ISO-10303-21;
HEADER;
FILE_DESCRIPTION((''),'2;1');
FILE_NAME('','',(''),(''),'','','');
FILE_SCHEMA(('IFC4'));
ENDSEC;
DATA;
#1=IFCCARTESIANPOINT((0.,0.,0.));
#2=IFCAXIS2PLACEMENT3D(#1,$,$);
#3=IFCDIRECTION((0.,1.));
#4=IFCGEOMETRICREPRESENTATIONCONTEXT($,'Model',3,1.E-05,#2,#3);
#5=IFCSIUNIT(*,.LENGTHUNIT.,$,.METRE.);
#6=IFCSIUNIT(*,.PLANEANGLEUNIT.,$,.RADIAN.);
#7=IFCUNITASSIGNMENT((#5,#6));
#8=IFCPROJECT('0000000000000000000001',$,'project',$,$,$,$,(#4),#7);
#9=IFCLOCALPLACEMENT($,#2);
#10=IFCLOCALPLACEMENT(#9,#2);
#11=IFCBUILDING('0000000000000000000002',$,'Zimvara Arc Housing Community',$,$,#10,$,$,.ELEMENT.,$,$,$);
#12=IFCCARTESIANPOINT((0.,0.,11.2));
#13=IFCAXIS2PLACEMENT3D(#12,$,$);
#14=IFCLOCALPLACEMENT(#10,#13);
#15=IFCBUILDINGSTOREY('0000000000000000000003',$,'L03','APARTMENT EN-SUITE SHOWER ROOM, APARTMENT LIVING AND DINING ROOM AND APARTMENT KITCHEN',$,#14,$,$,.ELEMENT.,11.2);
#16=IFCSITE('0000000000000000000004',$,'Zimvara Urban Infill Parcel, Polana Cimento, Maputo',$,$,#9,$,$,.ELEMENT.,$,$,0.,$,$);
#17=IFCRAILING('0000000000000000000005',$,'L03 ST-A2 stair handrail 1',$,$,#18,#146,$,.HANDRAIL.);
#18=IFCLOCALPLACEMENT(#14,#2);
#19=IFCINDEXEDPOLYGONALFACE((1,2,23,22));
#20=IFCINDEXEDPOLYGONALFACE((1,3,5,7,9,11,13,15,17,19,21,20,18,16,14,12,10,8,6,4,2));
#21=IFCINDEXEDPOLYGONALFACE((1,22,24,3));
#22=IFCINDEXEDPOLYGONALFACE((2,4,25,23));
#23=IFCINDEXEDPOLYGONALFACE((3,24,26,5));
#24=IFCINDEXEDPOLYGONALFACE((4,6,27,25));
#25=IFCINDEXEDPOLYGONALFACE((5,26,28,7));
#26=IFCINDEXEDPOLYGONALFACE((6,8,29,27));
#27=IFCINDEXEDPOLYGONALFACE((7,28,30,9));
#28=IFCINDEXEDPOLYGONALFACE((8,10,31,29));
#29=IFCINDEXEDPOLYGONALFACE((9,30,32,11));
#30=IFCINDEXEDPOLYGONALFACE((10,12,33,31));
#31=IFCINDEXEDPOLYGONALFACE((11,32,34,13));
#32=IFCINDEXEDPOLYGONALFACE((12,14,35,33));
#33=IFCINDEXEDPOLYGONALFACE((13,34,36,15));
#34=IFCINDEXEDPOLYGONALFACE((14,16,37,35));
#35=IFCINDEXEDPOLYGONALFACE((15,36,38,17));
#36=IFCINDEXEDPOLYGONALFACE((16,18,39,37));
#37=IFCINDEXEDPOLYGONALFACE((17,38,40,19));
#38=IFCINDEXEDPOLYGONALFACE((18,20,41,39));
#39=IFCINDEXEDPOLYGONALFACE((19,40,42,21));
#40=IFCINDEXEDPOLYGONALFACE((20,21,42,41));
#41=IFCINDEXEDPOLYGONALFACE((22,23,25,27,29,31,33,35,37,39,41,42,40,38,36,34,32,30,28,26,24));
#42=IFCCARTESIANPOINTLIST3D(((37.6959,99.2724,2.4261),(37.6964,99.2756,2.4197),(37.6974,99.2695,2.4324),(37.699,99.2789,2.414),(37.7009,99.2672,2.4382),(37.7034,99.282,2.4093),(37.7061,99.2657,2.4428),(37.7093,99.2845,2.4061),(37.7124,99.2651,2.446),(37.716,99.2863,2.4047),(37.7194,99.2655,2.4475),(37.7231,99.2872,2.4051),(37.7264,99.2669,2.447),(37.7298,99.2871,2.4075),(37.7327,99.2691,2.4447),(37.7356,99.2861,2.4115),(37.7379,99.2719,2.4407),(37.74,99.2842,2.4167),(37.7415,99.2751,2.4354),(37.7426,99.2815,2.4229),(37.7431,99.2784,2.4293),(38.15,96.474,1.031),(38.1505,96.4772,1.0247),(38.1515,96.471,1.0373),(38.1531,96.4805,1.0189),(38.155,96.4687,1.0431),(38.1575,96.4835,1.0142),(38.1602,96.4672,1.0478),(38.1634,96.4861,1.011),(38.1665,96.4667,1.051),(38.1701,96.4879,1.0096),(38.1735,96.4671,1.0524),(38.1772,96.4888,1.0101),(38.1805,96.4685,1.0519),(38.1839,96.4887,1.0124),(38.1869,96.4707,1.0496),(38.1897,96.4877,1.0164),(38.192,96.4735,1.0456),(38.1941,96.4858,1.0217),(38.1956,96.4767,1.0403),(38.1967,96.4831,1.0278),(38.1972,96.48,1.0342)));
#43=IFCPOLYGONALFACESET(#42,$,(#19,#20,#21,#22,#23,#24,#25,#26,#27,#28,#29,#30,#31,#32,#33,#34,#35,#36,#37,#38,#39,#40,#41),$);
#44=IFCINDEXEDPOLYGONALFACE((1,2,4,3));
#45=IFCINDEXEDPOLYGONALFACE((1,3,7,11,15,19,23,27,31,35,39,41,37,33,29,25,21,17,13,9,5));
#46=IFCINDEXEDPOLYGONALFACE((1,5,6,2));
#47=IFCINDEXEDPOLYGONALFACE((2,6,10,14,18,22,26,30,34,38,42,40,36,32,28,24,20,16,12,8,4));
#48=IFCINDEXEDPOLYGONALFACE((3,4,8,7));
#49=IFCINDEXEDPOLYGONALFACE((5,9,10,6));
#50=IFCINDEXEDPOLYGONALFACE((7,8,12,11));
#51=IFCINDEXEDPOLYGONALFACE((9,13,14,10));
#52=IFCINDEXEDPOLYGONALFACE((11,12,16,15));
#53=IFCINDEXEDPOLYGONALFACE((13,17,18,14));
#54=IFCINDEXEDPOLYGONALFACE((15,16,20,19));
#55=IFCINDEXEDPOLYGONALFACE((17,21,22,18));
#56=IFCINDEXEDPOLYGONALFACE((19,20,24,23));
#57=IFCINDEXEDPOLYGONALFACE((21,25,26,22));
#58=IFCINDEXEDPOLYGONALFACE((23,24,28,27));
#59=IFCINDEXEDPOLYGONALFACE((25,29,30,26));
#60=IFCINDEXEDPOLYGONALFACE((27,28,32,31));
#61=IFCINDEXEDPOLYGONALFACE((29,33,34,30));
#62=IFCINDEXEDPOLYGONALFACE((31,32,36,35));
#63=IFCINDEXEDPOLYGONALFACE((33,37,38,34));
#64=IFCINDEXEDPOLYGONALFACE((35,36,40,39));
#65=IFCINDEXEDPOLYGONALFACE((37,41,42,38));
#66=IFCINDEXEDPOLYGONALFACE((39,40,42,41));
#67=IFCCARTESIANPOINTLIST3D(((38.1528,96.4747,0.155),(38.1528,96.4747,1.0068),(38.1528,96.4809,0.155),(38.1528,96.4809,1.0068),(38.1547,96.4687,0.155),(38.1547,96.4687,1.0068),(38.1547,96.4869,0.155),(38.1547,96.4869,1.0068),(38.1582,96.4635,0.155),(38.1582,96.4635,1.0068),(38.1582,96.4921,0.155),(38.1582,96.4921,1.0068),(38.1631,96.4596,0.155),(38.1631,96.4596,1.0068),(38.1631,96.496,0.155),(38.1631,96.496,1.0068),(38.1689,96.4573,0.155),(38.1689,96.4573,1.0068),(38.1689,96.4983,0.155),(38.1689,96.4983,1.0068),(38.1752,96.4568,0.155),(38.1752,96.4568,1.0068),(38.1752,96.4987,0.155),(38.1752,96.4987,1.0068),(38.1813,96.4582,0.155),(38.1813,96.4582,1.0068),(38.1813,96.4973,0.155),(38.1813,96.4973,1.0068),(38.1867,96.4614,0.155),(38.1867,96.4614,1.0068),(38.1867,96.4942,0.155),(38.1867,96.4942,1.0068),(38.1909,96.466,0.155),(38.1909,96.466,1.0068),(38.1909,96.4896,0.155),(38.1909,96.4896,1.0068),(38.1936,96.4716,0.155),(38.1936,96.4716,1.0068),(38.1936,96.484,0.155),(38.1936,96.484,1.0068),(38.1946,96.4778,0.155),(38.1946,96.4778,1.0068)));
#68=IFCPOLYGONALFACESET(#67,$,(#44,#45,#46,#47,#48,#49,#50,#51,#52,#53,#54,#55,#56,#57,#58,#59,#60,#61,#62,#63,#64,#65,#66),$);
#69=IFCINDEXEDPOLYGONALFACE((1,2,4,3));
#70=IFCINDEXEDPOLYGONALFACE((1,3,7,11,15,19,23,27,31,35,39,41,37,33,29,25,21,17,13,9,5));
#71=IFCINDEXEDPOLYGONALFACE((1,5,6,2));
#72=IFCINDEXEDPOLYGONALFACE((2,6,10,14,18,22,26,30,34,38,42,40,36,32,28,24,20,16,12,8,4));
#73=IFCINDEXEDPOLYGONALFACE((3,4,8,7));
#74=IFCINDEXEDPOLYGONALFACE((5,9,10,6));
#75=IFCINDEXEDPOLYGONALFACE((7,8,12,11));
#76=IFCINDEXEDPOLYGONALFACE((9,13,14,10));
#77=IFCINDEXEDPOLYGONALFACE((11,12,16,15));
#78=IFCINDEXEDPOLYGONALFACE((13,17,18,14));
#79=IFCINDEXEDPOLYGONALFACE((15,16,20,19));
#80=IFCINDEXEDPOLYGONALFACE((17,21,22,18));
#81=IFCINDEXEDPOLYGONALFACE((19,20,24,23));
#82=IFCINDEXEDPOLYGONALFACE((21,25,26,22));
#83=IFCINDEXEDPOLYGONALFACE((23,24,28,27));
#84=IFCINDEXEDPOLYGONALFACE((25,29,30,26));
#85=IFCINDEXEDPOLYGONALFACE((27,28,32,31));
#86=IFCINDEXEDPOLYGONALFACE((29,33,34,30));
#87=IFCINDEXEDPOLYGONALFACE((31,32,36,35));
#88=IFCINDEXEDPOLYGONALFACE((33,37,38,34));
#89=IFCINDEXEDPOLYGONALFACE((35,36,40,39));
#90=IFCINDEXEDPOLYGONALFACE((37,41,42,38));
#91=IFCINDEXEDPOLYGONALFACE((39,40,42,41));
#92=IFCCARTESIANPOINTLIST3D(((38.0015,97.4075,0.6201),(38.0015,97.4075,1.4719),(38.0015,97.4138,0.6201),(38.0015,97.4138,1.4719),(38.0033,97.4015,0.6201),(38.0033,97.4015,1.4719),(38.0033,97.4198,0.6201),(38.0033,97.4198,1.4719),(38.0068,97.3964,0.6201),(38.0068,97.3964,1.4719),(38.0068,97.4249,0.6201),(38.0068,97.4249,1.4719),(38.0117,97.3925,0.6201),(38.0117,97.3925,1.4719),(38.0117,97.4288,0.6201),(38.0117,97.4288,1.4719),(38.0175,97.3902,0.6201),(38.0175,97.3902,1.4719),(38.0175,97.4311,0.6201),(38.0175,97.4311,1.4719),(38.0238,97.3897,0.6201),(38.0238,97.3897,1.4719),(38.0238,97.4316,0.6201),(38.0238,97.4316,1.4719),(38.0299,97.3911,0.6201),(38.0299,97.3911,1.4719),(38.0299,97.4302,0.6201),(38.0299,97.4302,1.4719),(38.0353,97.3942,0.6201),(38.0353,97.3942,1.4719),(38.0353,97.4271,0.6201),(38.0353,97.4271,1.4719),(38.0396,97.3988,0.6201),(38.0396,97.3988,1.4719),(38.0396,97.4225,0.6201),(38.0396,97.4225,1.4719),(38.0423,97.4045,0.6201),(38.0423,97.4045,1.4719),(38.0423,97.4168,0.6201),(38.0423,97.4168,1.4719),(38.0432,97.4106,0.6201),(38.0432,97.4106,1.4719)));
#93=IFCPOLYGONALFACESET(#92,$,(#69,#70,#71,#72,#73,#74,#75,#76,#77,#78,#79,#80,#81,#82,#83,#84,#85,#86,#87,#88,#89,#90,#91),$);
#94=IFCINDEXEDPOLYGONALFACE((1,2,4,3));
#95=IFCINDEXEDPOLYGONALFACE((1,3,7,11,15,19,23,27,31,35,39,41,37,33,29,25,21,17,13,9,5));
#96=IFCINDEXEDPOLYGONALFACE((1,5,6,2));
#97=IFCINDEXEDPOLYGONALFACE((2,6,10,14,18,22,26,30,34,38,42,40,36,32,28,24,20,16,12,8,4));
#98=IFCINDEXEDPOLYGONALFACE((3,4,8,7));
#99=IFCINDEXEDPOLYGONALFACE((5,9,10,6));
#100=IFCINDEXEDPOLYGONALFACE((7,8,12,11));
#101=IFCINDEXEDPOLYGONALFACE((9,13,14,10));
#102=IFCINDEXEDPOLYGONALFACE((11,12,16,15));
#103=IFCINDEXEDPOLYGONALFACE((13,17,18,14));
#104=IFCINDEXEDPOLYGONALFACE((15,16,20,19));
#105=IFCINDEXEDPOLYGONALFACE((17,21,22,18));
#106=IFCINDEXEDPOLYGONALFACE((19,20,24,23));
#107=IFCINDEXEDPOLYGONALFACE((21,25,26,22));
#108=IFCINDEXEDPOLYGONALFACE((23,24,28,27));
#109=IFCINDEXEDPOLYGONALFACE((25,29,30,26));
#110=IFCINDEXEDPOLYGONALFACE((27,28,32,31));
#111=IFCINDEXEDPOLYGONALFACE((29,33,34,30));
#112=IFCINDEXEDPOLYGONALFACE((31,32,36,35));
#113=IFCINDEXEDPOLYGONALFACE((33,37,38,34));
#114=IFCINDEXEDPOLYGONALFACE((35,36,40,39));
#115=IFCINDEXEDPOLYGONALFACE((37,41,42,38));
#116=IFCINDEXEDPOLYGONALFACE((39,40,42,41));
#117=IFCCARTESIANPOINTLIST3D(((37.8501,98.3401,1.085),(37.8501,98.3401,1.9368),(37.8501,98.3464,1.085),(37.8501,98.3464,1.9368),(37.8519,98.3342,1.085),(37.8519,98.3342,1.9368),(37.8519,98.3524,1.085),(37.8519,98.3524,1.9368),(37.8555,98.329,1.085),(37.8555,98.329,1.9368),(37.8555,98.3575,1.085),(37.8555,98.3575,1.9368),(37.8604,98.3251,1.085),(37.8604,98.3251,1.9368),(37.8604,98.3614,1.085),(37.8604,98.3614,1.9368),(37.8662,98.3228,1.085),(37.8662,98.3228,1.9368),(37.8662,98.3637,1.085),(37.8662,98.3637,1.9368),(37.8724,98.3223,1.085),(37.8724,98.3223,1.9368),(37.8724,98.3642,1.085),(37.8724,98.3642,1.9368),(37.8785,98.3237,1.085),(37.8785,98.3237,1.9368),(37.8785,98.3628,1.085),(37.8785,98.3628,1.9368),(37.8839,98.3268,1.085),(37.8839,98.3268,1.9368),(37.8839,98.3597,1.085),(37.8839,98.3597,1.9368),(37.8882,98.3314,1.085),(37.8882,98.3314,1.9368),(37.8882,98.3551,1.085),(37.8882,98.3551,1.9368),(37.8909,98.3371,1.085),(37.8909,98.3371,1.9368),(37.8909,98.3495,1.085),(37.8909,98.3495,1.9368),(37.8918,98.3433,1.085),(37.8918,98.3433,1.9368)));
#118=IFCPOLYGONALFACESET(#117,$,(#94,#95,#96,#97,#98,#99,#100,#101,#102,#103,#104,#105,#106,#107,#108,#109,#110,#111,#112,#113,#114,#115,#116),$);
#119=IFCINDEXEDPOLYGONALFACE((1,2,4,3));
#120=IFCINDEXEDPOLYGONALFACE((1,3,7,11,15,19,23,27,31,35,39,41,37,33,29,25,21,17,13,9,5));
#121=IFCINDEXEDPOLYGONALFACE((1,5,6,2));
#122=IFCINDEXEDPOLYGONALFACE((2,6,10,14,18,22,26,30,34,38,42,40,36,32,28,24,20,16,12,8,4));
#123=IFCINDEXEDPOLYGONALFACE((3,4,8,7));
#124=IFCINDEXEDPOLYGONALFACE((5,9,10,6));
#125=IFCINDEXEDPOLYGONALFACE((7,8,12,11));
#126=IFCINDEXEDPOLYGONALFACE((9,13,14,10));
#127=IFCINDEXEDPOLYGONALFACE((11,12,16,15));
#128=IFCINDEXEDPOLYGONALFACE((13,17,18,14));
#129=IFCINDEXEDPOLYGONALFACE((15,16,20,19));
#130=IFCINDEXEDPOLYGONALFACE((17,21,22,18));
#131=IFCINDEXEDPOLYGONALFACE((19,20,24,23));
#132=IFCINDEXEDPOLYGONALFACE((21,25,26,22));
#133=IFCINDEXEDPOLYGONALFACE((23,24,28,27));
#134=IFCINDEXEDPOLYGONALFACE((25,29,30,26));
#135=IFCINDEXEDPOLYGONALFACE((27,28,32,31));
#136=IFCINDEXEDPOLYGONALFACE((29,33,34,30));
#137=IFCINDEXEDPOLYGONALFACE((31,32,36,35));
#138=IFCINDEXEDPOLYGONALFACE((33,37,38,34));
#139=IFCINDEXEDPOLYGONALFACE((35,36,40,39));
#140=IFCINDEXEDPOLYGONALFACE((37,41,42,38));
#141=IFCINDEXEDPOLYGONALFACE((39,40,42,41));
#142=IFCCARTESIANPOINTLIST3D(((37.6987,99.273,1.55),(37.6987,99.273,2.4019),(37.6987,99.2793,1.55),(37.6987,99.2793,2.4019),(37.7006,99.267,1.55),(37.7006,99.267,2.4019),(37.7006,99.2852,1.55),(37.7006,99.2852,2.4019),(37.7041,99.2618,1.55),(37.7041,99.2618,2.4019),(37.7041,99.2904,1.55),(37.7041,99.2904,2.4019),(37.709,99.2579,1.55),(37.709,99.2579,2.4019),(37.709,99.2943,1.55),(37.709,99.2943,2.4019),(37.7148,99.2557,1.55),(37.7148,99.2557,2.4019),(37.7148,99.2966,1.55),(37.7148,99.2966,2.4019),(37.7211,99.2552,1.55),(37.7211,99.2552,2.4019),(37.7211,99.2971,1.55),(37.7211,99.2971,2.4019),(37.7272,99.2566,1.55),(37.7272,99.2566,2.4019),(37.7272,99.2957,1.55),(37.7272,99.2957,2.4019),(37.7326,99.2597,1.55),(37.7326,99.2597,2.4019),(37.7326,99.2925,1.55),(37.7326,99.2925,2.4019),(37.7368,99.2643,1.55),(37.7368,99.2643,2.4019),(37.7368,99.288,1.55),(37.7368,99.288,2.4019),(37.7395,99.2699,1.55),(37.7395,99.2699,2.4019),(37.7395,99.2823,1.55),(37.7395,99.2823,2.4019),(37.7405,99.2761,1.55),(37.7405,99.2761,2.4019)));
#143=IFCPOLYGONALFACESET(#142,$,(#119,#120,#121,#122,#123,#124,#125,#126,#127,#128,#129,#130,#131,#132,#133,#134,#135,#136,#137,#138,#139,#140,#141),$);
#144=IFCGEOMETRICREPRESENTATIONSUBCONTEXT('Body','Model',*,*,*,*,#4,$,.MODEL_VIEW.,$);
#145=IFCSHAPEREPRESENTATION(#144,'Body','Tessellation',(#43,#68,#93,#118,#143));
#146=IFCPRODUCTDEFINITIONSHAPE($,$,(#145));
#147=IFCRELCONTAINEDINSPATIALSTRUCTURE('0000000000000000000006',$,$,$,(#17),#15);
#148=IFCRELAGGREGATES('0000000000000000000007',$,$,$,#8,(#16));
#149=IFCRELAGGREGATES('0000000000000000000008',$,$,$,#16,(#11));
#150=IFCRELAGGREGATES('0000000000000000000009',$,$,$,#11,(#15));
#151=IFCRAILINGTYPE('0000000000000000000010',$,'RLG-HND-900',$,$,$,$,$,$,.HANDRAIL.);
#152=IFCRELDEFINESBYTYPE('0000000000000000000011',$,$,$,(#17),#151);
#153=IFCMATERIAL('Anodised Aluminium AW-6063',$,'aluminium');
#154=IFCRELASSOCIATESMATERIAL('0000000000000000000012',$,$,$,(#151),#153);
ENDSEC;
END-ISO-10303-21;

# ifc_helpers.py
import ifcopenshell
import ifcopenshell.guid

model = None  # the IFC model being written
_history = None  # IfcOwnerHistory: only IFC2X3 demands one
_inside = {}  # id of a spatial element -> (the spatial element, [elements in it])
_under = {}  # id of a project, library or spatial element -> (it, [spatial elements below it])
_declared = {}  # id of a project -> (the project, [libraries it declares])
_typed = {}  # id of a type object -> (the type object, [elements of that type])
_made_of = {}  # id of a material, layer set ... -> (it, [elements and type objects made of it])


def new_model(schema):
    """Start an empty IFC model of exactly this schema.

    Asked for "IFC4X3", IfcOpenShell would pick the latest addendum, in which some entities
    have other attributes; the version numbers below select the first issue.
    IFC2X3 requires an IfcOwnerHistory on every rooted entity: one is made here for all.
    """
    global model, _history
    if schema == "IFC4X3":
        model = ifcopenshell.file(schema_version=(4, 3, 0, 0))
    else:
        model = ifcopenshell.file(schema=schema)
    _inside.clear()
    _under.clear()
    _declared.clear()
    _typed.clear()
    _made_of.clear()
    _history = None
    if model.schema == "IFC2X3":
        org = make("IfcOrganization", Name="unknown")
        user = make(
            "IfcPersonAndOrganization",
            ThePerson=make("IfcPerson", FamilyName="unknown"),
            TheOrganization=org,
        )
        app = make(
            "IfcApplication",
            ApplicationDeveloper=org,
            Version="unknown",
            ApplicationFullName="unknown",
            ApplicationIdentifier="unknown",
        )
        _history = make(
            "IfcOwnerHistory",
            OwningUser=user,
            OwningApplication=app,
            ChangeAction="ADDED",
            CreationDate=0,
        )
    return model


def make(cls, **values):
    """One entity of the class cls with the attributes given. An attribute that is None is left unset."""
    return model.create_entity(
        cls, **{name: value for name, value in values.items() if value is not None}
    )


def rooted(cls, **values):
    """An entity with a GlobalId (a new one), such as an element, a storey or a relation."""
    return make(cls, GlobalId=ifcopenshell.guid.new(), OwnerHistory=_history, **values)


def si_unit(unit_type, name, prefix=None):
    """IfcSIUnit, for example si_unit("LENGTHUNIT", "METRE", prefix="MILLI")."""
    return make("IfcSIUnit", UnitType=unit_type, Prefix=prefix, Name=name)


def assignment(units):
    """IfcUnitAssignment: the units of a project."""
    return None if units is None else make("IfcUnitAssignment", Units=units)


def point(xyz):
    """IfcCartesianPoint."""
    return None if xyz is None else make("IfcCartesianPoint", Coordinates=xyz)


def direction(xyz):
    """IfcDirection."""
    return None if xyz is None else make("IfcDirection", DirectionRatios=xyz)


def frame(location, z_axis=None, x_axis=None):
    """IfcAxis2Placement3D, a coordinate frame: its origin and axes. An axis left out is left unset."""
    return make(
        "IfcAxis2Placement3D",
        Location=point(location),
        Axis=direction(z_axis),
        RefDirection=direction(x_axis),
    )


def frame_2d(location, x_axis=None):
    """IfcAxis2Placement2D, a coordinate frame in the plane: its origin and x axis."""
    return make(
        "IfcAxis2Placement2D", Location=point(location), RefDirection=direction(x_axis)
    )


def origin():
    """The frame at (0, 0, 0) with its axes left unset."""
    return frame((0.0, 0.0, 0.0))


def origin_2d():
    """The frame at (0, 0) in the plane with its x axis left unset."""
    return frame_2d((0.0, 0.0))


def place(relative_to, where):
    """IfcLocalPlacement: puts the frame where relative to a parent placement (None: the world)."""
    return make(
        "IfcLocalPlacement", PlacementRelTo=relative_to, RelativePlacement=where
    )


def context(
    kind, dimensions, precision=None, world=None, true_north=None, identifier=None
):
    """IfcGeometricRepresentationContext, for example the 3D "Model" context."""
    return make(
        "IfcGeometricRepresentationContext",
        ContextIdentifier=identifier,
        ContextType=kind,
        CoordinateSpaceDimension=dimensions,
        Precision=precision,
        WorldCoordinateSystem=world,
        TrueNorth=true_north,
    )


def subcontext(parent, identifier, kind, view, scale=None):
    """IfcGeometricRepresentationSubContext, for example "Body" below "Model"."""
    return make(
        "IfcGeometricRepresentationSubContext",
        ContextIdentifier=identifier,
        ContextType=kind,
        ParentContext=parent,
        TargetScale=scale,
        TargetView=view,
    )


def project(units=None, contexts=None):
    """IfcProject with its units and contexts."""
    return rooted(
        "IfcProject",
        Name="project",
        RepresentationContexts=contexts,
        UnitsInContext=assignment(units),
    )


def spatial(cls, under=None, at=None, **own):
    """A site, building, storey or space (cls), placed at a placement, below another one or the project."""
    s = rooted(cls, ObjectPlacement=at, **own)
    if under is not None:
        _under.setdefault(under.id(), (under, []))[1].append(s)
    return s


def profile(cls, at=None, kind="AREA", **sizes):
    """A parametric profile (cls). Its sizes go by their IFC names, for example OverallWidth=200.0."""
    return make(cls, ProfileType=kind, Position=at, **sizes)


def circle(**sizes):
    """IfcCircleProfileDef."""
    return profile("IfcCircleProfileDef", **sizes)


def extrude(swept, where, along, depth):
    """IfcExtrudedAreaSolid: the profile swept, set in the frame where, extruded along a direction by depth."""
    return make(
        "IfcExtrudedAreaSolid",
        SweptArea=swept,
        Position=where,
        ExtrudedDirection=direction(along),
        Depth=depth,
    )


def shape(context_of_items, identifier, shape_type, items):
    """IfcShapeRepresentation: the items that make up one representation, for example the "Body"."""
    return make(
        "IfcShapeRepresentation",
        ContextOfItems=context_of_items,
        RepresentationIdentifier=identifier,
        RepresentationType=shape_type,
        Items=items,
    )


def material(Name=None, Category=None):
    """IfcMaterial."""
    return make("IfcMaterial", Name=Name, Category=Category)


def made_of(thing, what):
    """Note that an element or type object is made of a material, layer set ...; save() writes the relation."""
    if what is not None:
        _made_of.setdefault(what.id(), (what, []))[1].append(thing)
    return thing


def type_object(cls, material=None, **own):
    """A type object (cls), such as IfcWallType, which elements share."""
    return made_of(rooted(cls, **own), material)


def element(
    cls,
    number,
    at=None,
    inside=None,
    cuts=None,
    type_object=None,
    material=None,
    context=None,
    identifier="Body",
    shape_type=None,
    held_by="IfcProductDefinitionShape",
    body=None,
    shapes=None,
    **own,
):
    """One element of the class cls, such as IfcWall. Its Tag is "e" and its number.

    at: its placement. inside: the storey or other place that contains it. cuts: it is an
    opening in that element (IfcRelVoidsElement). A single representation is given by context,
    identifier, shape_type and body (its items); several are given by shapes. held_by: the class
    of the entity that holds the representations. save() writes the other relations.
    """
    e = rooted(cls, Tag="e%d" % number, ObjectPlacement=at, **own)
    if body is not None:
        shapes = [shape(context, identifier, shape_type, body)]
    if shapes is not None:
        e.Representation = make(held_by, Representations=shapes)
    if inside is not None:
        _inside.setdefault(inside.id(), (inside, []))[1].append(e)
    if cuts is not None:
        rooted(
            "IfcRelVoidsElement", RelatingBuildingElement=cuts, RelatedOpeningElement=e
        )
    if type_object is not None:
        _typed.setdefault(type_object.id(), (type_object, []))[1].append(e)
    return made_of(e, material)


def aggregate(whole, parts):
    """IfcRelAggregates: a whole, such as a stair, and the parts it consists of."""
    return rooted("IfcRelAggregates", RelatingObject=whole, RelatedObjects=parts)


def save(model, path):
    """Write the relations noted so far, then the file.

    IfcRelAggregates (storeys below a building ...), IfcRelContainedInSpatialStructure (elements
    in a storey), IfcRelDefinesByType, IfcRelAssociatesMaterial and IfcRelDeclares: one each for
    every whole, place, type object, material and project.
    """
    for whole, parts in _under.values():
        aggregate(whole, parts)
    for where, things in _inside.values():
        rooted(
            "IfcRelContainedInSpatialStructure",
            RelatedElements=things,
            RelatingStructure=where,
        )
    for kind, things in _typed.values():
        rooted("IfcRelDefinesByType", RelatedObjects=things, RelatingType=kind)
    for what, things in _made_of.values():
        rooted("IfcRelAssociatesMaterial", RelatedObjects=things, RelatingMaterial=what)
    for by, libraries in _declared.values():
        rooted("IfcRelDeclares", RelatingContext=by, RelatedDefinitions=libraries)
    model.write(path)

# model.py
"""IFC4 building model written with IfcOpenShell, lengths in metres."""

from ifc_helpers import new_model, si_unit, direction, frame, origin, origin_2d, place, context, subcontext, project, spatial, circle, extrude, material, type_object, element, save


model = new_model("IFC4")

# Units and contexts
model_context = context("Model", 3, precision=1e-05, world=origin(), true_north=direction((0.0, 1.0)))
body_context = subcontext(model_context, "Body", "Model", "MODEL_VIEW")
ifc_project = project(units=[si_unit("LENGTHUNIT", "METRE"), si_unit("PLANEANGLEUNIT", "RADIAN")], contexts=[model_context])

# Site, building, storey
site_placement = place(None, origin())
site = spatial("IfcSite", under=ifc_project, at=site_placement, Name="Zimvara Urban Infill Parcel, Polana Cimento, Maputo", CompositionType="ELEMENT", RefElevation=0.0)
building_placement = place(site_placement, origin())
building = spatial("IfcBuilding", under=site, at=building_placement, Name="Zimvara Arc Housing Community", CompositionType="ELEMENT")
storey_placement = place(building_placement, frame((0.0, 0.0, 11.2)))
storey = spatial("IfcBuildingStorey", under=building, at=storey_placement, Name="L03", Description="APARTMENT EN-SUITE SHOWER ROOM, APARTMENT LIVING AND DINING ROOM AND APARTMENT KITCHEN", CompositionType="ELEMENT", Elevation=11.2)

# Railing
ifc_material_1 = material(Name="Anodised Aluminium AW-6063", Category="aluminium")
railing_type_1 = type_object("IfcRailingType", Name="RLG-HND-900", PredefinedType="HANDRAIL", material=ifc_material_1)
railing_1_placement = place(storey_placement, frame((38.1736, 96.4778, 0.155)))
element("IfcRailing", 1, at=railing_1_placement, inside=storey, type_object=railing_type_1, Name="L03 ST-A2 stair handrail 1", PredefinedType="HANDRAIL", context=body_context, shape_type="SweptSolid", body=[
    extrude(circle(Radius=0.0239, at=origin_2d()), frame((0.0, 0.0, 0.876), z_axis=(-0.143722, 0.885666, 0.44152), x_axis=(-0.987088, -0.16018, 0.0)), (0.0, 0.0, 1.0), 3.1597),
    extrude(circle(Radius=0.021, at=origin_2d()), origin(), (0.0, 0.0, 1.0), 0.8518),
    extrude(circle(Radius=0.021, at=origin_2d()), frame((-0.1514, 0.9329, 0.4651)), (0.0, 0.0, 1.0), 0.8518),
    extrude(circle(Radius=0.021, at=origin_2d()), frame((-0.3027, 1.8655, 0.9299)), (0.0, 0.0, 1.0), 0.8518),
    extrude(circle(Radius=0.021, at=origin_2d()), frame((-0.4541, 2.7983, 1.395)), (0.0, 0.0, 1.0), 0.8518),
])

save(model, "model.ifc")
